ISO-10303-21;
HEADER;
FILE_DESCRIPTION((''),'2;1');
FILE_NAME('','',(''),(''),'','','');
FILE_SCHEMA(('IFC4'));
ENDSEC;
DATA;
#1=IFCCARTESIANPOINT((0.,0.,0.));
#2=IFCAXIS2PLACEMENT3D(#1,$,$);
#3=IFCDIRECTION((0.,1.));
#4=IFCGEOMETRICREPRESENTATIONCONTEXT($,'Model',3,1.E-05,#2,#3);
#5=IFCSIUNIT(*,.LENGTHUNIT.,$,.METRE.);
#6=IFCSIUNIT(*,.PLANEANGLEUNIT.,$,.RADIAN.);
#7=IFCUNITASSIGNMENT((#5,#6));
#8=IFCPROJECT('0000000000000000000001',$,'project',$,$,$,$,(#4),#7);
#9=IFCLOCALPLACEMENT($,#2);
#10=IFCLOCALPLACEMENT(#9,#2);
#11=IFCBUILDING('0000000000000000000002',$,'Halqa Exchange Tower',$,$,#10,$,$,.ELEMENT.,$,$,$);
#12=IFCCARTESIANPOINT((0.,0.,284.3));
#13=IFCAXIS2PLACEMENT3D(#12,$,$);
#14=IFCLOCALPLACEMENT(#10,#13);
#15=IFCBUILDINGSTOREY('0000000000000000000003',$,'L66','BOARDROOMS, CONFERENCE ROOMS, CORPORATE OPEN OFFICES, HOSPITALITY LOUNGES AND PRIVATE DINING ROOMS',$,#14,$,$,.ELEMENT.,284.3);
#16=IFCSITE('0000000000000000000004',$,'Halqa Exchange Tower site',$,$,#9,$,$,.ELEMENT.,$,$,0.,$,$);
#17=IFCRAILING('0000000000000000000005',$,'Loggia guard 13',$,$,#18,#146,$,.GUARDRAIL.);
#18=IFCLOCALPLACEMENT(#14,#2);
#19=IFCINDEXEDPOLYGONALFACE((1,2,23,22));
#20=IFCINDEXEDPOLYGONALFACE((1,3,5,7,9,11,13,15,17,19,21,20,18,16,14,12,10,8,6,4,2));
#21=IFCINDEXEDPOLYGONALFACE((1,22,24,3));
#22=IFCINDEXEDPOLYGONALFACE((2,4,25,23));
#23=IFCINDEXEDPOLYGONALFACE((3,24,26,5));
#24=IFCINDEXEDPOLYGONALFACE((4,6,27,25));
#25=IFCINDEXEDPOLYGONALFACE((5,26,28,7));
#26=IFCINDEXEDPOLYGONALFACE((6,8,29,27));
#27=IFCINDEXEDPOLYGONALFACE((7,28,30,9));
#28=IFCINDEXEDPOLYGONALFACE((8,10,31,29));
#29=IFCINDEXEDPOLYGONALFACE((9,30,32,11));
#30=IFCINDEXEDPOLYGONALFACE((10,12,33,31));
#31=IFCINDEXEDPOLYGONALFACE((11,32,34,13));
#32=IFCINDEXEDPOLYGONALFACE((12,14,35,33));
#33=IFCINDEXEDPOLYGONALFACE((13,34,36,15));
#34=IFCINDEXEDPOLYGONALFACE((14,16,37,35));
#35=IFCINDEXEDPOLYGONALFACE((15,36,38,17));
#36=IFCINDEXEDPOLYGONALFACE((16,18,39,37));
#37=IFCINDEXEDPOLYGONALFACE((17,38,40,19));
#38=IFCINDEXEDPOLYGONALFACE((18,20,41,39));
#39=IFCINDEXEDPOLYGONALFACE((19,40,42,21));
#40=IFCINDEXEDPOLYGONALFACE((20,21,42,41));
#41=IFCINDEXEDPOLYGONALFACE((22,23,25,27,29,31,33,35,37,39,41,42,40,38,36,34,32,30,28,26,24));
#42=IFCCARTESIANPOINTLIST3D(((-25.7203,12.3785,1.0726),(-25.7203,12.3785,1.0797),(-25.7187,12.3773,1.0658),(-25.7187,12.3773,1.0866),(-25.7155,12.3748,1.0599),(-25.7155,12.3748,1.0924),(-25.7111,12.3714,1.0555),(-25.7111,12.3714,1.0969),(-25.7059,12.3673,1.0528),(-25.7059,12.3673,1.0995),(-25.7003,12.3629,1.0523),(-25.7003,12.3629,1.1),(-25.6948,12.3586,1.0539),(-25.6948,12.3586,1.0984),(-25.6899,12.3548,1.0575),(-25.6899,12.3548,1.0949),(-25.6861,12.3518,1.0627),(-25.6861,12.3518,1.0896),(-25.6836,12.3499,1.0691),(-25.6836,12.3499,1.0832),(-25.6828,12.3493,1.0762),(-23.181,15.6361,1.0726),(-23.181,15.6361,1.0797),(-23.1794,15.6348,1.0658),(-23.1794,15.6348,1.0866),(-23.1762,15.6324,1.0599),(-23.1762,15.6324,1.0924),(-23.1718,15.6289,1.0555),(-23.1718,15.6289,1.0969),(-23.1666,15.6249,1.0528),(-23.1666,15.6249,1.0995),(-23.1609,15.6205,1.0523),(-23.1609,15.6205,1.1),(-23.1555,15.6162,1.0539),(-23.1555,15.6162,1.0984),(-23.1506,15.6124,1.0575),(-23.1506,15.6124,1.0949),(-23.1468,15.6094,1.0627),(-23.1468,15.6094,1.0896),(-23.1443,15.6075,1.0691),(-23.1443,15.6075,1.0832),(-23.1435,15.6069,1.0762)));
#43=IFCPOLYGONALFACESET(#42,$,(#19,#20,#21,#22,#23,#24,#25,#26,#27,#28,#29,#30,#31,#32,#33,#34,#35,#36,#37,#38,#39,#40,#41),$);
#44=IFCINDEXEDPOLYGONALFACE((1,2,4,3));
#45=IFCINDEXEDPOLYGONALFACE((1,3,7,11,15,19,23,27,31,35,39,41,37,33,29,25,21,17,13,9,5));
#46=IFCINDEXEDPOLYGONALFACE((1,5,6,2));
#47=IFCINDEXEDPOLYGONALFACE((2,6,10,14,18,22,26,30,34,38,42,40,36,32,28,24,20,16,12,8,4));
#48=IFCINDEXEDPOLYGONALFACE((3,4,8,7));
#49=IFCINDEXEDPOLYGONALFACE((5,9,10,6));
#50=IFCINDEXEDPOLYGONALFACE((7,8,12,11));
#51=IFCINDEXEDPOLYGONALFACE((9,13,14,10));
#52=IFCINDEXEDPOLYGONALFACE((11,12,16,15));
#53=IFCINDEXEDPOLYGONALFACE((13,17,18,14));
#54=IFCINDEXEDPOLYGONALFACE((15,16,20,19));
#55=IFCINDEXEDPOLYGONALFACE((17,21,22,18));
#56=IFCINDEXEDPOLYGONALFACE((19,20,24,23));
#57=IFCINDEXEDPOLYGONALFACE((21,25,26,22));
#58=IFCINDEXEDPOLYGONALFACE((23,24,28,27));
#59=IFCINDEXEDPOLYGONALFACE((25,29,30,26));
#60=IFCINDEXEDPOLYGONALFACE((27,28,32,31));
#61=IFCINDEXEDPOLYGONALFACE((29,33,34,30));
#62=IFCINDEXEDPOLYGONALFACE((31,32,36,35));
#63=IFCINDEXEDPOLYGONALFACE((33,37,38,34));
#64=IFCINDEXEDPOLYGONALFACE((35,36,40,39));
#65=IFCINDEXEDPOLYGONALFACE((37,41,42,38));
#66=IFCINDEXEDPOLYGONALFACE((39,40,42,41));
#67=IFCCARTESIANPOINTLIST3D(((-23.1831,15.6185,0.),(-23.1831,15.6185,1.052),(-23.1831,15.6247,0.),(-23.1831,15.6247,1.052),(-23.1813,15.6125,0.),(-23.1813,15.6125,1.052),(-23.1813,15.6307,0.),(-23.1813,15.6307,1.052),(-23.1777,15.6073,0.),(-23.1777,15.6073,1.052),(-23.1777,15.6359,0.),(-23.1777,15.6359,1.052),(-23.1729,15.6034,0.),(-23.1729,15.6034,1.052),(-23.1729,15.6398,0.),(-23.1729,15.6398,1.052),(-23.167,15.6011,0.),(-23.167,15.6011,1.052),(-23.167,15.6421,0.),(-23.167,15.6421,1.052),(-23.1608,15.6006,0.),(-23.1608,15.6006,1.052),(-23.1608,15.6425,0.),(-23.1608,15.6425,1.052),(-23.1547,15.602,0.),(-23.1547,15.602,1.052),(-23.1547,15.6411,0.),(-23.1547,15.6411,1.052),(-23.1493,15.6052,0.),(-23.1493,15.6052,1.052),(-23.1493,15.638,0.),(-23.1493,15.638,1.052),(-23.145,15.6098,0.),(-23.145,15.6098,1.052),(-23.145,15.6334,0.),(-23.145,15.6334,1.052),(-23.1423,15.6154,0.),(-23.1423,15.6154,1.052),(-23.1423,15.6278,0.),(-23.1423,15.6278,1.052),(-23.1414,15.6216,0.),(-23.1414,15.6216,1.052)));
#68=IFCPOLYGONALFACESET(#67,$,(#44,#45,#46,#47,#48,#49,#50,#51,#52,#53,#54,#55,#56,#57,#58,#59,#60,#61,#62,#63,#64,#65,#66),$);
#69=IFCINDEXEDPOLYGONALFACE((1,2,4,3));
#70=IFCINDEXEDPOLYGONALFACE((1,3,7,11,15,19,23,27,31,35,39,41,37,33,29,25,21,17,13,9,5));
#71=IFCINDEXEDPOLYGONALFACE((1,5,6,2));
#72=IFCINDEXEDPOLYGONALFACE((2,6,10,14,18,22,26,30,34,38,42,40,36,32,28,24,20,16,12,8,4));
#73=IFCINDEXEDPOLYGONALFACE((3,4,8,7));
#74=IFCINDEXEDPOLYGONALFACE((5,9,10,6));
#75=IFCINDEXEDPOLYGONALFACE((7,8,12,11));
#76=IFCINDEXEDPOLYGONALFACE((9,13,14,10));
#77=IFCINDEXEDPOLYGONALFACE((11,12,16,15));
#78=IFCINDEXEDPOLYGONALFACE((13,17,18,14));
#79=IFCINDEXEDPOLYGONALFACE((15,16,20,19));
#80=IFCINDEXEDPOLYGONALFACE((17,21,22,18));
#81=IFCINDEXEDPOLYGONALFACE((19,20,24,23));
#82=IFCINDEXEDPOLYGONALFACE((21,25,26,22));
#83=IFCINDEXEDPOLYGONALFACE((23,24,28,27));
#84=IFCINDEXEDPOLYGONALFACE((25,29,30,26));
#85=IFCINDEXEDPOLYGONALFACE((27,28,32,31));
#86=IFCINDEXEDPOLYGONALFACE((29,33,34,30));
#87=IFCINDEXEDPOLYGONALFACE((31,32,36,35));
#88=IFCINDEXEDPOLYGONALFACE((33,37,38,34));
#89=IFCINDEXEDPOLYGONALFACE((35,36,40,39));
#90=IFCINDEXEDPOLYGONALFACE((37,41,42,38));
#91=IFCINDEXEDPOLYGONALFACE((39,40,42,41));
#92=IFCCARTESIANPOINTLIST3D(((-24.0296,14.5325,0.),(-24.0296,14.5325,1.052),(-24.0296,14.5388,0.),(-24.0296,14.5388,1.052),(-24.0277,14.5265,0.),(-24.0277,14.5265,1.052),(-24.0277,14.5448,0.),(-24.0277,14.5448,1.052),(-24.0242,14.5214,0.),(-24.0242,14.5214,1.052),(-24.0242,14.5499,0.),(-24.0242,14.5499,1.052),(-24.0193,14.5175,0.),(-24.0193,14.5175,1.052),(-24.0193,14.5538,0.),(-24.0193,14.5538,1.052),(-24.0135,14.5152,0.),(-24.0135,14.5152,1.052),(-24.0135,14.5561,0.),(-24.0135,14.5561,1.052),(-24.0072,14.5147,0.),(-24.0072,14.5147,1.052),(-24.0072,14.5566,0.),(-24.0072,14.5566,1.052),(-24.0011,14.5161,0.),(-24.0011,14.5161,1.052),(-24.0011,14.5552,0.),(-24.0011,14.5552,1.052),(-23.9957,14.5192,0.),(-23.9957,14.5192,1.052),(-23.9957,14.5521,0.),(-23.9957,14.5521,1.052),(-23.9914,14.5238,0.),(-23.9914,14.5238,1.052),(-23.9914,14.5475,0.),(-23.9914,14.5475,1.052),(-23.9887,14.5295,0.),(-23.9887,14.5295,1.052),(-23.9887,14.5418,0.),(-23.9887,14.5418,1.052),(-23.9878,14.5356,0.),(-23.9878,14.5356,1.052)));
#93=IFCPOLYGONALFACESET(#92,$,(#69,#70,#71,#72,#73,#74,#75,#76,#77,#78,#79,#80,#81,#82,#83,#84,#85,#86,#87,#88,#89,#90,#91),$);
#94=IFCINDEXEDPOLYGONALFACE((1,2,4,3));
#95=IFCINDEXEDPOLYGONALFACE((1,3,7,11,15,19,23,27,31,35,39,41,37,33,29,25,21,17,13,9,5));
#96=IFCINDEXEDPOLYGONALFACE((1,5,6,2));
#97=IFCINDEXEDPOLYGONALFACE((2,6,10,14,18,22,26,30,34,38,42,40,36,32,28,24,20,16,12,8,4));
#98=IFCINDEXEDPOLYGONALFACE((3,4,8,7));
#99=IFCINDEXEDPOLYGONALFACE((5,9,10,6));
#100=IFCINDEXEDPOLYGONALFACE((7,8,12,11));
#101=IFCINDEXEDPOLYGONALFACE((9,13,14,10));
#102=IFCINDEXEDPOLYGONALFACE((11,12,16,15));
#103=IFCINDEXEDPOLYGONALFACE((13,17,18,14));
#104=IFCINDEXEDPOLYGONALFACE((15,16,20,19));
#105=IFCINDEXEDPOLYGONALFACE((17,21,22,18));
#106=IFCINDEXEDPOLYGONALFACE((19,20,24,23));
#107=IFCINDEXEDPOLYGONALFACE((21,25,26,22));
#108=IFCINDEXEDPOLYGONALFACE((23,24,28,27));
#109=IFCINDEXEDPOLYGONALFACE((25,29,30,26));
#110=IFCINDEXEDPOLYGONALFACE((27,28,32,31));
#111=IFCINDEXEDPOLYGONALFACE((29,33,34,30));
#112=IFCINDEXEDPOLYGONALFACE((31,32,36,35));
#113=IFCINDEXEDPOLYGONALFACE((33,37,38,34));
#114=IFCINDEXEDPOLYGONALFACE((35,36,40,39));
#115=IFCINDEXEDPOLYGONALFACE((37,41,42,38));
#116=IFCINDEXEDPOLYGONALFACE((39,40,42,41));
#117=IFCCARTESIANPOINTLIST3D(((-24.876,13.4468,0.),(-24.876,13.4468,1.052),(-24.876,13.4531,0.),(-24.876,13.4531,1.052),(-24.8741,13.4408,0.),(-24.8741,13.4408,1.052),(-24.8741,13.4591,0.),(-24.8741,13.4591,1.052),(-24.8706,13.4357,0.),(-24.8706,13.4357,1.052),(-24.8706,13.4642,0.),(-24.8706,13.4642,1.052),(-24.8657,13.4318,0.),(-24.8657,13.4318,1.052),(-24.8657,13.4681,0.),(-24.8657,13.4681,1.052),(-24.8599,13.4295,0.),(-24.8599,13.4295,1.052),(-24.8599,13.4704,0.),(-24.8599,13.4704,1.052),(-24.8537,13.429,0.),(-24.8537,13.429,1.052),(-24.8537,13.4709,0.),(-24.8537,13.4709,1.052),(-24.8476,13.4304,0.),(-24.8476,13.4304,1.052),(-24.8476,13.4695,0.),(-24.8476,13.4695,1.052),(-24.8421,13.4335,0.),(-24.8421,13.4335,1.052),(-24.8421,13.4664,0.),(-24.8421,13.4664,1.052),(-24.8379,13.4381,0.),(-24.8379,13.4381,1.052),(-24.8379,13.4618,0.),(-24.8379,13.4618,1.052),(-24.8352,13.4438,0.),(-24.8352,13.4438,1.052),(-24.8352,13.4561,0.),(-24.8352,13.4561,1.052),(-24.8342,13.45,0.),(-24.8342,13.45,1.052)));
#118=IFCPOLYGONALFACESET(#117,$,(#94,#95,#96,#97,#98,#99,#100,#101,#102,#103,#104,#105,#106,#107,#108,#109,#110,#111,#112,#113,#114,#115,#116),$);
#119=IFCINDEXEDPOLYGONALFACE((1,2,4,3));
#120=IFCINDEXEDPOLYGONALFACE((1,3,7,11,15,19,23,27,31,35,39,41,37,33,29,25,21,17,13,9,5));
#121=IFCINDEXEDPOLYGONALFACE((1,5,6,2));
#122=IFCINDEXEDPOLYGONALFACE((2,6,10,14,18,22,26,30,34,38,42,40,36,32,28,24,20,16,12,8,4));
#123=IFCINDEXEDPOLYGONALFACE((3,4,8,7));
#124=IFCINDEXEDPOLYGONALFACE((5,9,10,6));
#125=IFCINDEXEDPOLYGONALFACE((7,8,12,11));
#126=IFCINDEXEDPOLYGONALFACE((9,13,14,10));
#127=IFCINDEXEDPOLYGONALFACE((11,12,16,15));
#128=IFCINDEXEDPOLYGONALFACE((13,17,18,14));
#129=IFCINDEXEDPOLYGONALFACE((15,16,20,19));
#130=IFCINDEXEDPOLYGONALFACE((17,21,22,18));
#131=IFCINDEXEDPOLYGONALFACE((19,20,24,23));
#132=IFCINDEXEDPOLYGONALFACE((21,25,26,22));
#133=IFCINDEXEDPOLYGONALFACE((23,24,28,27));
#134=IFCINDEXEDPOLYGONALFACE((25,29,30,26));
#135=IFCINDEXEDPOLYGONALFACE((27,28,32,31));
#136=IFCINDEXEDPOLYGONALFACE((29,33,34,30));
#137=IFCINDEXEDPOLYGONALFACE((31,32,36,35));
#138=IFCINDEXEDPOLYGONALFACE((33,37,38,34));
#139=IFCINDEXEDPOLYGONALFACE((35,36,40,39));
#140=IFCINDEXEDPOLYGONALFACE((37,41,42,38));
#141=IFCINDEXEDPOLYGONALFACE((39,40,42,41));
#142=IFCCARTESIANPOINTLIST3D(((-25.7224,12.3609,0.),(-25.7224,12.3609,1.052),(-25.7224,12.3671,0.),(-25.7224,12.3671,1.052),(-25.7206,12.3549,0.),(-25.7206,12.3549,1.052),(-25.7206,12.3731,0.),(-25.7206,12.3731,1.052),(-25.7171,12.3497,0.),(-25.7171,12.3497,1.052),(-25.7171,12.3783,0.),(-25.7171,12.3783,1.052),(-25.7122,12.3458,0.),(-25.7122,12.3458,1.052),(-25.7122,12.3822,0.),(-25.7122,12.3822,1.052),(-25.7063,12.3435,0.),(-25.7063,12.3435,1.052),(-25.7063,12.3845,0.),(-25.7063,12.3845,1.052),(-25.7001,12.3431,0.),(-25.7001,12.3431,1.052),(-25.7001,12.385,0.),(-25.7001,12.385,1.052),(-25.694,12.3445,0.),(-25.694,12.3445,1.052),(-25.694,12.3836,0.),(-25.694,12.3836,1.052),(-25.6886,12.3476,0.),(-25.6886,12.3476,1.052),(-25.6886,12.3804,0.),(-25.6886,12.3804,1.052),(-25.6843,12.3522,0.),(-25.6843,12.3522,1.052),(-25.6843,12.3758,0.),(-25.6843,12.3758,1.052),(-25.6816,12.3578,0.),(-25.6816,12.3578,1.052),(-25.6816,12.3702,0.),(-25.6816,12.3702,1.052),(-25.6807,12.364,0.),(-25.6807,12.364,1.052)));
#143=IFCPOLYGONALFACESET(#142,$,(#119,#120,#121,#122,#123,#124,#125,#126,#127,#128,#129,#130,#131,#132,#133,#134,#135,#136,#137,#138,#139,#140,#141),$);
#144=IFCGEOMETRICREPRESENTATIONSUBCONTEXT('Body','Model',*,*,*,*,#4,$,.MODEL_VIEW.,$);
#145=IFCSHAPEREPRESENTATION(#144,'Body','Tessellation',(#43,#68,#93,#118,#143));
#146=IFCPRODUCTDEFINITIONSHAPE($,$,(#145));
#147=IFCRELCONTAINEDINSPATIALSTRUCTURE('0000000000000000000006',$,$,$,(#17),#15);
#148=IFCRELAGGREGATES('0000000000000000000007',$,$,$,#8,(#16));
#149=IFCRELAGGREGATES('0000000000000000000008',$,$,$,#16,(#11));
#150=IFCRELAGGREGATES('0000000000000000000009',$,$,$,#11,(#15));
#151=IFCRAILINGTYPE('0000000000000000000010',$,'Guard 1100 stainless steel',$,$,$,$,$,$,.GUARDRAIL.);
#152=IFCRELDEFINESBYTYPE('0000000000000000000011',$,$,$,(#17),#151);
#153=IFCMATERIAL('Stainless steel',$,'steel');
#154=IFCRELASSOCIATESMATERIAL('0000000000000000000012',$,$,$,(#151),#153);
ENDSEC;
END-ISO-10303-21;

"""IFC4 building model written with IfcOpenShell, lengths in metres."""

from ifc_helpers import new_model, si_unit, direction, frame, origin, origin_2d, place, context, subcontext, project, spatial, circle, extrude, material, type_object, element, save


model = new_model("IFC4")

# Units and contexts
model_context = context("Model", 3, precision=1e-05, world=origin(), true_north=direction((0.0, 1.0)))
body_context = subcontext(model_context, "Body", "Model", "MODEL_VIEW")
ifc_project = project(units=[si_unit("LENGTHUNIT", "METRE"), si_unit("PLANEANGLEUNIT", "RADIAN")], contexts=[model_context])

# Site, building, storey
site_placement = place(None, origin())
site = spatial("IfcSite", under=ifc_project, at=site_placement, Name="Halqa Exchange Tower site", CompositionType="ELEMENT", RefElevation=0.0)
building_placement = place(site_placement, origin())
building = spatial("IfcBuilding", under=site, at=building_placement, Name="Halqa Exchange Tower", CompositionType="ELEMENT")
storey_placement = place(building_placement, frame((0.0, 0.0, 284.3)))
storey = spatial("IfcBuildingStorey", under=building, at=storey_placement, Name="L66", Description="BOARDROOMS, CONFERENCE ROOMS, CORPORATE OPEN OFFICES, HOSPITALITY LOUNGES AND PRIVATE DINING ROOMS", CompositionType="ELEMENT", Elevation=284.3)

# Railing
ifc_material_1 = material(Name="Stainless steel", Category="steel")
railing_type = type_object("IfcRailingType", Name="Guard 1100 stainless steel", PredefinedType="GUARDRAIL", material=ifc_material_1)
railing_1_placement = place(storey_placement, frame((-23.1624, 15.6216, 0.0)))
element("IfcRailing", 1, at=railing_1_placement, inside=storey, type_object=railing_type, Name="Loggia guard 13", PredefinedType="GUARDRAIL", context=body_context, shape_type="SweptSolid", body=[
    extrude(circle(Radius=0.0239, at=origin_2d()), frame((0.0, 0.0, 1.0762), z_axis=(-0.614791, -0.78869, 0.0), x_axis=(0.78869, -0.614791, 0.0)), (0.0, 0.0, 1.0), 4.1304),
    extrude(circle(Radius=0.021, at=origin_2d()), origin(), (0.0, 0.0, 1.0), 1.052),
    extrude(circle(Radius=0.021, at=origin_2d()), frame((-0.8464, -1.0859, 0.0)), (0.0, 0.0, 1.0), 1.052),
    extrude(circle(Radius=0.021, at=origin_2d()), frame((-1.6929, -2.1716, 0.0)), (0.0, 0.0, 1.0), 1.052),
    extrude(circle(Radius=0.021, at=origin_2d()), frame((-2.5393, -3.2576, 0.0)), (0.0, 0.0, 1.0), 1.052),
])

save(model, "model.ifc")
